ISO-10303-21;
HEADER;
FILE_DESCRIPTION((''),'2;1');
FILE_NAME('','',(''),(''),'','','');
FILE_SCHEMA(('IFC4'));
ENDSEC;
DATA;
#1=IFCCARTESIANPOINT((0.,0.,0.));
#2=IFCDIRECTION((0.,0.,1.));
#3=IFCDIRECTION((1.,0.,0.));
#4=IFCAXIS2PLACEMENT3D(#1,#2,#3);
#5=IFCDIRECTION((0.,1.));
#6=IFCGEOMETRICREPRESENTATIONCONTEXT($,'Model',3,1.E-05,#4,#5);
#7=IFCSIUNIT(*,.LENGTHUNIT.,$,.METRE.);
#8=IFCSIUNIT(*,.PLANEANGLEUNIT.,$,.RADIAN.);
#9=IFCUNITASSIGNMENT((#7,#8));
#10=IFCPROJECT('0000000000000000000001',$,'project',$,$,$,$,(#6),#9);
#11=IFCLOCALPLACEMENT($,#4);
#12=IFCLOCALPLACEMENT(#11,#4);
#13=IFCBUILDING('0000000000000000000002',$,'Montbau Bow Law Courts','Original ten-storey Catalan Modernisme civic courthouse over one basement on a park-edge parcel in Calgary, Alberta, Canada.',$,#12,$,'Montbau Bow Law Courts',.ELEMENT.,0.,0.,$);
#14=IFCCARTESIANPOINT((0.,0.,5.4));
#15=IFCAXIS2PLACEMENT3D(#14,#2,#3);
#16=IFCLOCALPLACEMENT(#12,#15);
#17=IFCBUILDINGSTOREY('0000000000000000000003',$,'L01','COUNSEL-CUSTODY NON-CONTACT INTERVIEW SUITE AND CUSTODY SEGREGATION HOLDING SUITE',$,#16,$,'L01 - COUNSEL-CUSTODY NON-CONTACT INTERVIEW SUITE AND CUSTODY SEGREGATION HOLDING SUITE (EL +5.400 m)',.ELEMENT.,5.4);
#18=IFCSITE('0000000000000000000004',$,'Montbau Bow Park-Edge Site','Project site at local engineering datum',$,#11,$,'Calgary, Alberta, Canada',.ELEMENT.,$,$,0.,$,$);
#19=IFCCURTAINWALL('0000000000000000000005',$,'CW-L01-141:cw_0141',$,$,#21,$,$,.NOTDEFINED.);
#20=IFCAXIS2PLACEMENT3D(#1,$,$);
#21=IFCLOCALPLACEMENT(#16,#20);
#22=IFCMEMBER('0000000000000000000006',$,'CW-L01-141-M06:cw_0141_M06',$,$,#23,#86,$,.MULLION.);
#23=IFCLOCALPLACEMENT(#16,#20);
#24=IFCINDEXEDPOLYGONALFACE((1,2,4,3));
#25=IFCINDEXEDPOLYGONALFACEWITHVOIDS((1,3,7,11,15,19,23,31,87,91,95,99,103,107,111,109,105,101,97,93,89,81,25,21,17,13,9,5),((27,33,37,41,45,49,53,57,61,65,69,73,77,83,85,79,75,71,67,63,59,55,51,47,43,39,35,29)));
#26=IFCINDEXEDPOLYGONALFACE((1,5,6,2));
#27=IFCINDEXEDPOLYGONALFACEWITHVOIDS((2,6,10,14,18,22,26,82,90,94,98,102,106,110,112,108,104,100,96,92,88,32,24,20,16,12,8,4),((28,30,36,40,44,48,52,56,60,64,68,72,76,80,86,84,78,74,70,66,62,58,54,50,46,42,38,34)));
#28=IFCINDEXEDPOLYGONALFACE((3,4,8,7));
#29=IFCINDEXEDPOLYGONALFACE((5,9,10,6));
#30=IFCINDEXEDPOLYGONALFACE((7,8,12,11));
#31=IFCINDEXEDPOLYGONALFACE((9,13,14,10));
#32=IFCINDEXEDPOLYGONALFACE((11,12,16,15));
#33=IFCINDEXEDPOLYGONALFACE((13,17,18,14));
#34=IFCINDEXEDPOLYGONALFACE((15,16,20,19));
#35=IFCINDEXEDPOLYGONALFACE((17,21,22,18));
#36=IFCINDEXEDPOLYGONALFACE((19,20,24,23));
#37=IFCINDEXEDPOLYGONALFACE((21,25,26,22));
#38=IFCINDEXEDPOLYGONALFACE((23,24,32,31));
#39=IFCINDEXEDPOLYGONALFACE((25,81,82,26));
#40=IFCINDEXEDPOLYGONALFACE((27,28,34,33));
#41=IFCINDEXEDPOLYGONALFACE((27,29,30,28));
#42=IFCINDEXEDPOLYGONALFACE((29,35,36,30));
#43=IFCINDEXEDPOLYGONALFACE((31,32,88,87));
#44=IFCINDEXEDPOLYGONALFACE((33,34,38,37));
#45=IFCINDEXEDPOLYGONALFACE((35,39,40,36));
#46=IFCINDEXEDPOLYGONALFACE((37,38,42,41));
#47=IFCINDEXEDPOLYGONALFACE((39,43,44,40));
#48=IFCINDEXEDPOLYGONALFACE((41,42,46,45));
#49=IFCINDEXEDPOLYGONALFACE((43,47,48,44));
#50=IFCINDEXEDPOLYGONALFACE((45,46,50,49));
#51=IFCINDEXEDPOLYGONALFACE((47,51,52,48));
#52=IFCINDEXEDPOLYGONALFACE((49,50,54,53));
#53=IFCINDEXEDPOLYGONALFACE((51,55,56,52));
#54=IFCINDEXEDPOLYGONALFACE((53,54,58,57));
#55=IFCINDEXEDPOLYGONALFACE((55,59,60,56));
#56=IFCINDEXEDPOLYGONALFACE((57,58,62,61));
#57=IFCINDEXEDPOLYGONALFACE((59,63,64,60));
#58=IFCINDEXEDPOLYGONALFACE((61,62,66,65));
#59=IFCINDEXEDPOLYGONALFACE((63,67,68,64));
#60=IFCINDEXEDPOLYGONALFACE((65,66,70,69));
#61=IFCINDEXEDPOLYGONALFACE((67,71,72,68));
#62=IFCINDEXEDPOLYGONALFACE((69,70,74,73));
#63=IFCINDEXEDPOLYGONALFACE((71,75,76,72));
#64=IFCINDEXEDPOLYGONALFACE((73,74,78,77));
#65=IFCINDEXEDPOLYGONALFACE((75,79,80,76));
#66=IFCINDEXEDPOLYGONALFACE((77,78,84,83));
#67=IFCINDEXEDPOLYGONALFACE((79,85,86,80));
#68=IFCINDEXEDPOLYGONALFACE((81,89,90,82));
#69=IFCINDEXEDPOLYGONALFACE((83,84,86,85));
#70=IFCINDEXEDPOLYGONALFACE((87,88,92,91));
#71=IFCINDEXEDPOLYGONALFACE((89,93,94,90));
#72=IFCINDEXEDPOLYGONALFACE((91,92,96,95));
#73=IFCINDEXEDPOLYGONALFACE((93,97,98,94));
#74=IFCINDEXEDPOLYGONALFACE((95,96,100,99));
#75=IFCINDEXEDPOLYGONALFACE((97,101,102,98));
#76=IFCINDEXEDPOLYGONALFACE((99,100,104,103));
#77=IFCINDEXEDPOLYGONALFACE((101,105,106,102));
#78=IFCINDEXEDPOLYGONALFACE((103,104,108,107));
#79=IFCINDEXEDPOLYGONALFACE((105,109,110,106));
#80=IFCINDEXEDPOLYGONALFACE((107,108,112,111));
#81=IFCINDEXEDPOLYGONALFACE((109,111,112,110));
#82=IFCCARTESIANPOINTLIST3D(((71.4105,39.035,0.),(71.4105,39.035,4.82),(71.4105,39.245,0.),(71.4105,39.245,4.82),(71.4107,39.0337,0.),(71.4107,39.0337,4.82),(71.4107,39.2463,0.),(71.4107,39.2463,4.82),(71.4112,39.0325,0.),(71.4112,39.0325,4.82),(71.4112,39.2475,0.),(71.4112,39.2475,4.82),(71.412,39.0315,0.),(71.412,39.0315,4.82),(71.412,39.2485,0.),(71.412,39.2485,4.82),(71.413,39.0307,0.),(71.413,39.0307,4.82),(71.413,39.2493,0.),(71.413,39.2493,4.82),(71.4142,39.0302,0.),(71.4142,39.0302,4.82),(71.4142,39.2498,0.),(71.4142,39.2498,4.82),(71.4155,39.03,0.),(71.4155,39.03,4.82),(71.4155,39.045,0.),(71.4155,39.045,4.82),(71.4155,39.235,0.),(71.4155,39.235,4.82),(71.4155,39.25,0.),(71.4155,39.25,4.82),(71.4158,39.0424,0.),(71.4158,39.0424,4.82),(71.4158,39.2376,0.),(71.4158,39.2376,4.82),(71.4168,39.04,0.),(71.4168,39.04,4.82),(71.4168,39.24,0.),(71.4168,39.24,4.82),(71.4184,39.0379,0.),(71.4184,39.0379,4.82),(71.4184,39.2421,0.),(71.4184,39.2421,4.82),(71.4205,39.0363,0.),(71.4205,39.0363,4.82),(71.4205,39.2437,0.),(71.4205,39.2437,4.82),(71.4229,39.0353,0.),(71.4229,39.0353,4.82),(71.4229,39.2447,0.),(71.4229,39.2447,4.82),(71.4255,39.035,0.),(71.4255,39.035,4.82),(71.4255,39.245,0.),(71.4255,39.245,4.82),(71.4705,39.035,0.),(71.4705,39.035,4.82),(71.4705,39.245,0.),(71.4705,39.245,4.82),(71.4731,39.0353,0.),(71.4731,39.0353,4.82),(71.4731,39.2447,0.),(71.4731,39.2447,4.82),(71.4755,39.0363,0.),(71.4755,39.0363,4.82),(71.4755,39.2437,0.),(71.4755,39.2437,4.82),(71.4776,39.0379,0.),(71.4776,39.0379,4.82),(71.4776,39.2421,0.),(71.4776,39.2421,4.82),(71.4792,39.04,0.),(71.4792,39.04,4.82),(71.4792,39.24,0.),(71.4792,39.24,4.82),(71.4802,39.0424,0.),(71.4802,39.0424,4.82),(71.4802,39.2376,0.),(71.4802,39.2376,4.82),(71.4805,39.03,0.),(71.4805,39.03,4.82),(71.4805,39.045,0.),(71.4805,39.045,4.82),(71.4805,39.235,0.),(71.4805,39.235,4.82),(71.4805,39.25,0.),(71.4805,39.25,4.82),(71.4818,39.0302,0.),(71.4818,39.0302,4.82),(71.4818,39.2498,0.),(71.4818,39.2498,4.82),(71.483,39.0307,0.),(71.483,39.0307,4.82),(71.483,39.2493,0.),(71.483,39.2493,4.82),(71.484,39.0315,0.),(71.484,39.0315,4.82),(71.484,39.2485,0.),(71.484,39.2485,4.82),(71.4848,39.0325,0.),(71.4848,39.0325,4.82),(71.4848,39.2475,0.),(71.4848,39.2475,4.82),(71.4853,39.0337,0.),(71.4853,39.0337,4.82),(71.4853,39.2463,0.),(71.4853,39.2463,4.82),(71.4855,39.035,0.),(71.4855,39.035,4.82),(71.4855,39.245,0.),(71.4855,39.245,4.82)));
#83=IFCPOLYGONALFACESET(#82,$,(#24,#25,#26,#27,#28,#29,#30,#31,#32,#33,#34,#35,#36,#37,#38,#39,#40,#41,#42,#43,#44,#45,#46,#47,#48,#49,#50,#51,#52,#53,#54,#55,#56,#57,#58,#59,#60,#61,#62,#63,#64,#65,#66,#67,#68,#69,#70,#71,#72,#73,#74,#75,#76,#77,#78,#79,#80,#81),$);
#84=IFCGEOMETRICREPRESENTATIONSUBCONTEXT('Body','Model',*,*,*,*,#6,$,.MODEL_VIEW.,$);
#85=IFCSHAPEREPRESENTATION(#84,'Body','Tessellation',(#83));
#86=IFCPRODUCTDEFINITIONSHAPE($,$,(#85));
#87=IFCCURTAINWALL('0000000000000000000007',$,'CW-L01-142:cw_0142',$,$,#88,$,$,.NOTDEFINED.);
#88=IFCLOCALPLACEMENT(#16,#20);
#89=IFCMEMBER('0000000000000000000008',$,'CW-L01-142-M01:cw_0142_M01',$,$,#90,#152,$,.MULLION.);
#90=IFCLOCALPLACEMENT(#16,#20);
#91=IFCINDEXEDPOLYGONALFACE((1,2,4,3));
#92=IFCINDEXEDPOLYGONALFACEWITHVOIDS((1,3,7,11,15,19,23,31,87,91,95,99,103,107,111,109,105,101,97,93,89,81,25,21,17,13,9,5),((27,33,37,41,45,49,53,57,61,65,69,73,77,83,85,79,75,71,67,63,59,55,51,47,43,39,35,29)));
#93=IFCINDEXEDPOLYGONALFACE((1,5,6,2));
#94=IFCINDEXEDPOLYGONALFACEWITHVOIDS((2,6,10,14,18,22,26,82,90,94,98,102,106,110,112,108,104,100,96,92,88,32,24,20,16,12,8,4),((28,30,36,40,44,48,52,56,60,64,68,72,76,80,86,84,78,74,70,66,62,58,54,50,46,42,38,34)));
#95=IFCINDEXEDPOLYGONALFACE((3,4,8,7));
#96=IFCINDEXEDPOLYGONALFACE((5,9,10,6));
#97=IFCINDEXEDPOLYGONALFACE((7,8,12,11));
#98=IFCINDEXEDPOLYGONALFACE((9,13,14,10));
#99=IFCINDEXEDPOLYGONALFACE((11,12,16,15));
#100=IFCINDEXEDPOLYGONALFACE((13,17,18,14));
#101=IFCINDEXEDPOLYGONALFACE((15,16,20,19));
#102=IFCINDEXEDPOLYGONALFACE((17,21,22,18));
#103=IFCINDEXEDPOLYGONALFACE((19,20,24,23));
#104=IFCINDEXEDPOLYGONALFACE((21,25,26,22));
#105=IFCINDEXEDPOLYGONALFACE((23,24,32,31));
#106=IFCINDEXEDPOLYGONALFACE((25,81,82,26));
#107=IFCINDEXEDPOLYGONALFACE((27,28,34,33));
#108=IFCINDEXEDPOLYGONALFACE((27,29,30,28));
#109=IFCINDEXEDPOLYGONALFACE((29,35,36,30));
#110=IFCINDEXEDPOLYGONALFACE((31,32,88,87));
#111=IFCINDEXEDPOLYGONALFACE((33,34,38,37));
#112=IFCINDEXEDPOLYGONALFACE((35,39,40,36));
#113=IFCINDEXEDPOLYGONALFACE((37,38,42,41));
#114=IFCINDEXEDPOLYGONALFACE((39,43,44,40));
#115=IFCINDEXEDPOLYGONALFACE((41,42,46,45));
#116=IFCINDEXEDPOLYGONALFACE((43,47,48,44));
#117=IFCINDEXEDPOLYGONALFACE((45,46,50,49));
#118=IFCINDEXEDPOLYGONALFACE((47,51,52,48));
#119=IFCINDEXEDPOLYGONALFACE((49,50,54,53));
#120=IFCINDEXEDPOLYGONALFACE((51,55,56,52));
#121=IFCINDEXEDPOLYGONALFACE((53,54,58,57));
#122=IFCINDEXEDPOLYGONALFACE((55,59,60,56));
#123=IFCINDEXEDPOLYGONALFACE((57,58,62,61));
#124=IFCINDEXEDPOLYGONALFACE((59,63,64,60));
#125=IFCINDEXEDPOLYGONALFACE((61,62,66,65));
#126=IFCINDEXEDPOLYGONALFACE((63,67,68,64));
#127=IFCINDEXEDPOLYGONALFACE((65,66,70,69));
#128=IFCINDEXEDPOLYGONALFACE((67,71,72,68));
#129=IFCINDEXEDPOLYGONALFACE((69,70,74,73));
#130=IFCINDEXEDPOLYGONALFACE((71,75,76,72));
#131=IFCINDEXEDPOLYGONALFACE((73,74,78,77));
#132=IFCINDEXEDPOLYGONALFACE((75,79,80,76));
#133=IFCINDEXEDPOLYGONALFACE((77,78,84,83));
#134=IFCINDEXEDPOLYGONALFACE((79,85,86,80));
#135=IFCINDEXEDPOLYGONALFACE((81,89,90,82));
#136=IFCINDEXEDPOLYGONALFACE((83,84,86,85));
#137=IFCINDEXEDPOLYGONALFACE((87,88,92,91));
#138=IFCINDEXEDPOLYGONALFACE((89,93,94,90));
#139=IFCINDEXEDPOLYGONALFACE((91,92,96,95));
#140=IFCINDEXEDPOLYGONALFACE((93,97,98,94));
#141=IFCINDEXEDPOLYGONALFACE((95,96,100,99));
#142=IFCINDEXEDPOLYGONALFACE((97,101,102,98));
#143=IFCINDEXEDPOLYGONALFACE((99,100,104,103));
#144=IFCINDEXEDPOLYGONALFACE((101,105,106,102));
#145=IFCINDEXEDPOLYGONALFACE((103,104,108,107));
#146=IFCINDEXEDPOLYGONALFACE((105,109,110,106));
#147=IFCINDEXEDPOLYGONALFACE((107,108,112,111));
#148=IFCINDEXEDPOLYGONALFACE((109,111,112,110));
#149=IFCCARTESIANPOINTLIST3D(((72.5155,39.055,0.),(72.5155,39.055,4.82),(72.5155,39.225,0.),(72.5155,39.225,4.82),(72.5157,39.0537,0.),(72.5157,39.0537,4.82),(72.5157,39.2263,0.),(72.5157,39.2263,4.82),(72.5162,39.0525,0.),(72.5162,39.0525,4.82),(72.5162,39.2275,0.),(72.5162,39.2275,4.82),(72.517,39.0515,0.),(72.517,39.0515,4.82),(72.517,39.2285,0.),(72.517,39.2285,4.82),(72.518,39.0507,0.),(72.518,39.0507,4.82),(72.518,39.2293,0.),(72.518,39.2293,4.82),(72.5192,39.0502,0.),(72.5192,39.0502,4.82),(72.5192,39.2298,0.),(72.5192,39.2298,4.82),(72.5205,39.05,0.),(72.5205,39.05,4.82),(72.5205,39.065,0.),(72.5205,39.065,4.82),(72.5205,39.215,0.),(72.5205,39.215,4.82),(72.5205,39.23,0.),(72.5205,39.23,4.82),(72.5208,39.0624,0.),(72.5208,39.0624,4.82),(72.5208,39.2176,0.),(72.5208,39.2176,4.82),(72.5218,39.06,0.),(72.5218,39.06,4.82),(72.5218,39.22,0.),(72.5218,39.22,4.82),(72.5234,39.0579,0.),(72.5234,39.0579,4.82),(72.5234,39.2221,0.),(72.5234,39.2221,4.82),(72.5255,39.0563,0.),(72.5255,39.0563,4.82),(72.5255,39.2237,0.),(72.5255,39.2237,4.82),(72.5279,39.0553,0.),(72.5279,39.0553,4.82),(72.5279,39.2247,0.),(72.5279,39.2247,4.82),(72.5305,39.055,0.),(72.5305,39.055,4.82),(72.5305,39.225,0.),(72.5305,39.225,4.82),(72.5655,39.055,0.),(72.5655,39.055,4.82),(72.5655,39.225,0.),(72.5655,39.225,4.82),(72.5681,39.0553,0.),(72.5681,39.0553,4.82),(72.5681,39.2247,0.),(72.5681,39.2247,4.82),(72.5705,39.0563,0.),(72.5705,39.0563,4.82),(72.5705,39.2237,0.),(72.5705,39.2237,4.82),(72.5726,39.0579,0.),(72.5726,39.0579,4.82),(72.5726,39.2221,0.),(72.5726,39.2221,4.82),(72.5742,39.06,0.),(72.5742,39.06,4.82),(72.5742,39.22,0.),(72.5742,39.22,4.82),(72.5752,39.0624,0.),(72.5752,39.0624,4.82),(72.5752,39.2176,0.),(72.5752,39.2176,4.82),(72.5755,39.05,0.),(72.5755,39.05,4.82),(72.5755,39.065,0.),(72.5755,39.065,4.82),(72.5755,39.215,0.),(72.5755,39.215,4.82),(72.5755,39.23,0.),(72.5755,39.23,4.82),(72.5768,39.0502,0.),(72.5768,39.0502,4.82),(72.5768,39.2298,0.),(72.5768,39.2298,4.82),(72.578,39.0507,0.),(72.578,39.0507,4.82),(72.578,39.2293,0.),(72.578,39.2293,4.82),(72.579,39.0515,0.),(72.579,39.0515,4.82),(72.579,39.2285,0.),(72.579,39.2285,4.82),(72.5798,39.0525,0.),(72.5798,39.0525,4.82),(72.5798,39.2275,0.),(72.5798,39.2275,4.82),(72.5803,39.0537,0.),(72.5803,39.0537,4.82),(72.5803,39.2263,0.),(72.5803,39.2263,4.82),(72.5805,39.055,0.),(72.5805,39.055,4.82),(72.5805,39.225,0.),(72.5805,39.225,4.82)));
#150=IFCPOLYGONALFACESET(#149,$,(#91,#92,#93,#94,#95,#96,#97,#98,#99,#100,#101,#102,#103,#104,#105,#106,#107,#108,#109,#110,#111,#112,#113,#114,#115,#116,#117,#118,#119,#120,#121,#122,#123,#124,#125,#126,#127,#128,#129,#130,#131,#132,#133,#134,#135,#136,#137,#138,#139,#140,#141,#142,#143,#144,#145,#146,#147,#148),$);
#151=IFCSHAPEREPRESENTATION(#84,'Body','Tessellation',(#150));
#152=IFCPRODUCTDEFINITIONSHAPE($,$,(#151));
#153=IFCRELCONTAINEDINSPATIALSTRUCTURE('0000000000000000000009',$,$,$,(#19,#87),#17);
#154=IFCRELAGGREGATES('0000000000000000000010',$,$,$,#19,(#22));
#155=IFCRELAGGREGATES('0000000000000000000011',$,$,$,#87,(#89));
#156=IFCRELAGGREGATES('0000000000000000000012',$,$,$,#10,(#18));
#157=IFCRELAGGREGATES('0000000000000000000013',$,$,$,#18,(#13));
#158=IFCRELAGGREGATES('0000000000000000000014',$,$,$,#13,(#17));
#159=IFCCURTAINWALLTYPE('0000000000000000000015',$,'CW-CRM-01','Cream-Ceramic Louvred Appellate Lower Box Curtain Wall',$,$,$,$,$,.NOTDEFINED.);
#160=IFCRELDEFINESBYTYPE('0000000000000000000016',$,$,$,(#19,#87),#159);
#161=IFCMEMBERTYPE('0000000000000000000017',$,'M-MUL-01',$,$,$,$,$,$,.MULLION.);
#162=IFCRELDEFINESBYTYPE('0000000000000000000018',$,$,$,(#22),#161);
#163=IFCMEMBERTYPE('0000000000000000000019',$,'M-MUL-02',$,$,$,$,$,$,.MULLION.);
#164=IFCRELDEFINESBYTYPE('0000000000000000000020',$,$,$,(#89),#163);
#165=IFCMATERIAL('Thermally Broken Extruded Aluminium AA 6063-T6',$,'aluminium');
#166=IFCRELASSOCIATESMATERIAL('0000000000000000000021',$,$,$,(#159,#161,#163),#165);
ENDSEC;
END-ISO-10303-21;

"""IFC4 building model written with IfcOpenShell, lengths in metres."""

from ifc_helpers import new_model, si_unit, direction, frame, origin_with_axes, origin_2d_with_axis, place, context, subcontext, project, spatial, hollow_rectangle, extrude, material, material_profile, profile_set, type_object, element, aggregate, save


model = new_model("IFC4")

# Units and contexts
model_context = context("Model", 3, precision=1e-05, world=origin_with_axes(), true_north=direction((0.0, 1.0)))
body_context = subcontext(model_context, "Body", "Model", "MODEL_VIEW")
ifc_project = project(units=[si_unit("LENGTHUNIT", "METRE"), si_unit("PLANEANGLEUNIT", "RADIAN")], contexts=[model_context])

# Site, building, storey
site_placement = place(None, origin_with_axes())
site = spatial("IfcSite", under=ifc_project, at=site_placement, Name="Montbau Bow Park-Edge Site", Description="Project site at local engineering datum", LongName="Calgary, Alberta, Canada", CompositionType="ELEMENT", RefElevation=0.0)
building_placement = place(site_placement, origin_with_axes())
building = spatial("IfcBuilding", under=site, at=building_placement, Name="Montbau Bow Law Courts", Description="Original ten-storey Catalan Modernisme civic courthouse over one basement on a park-edge parcel in Calgary, Alberta, Canada.", LongName="Montbau Bow Law Courts", CompositionType="ELEMENT", ElevationOfRefHeight=0.0, ElevationOfTerrain=0.0)
storey_placement = place(building_placement, frame((0.0, 0.0, 5.4), z_axis=(0.0, 0.0, 1.0), x_axis=(1.0, 0.0, 0.0)))
storey = spatial("IfcBuildingStorey", under=building, at=storey_placement, Name="L01", Description="COUNSEL-CUSTODY NON-CONTACT INTERVIEW SUITE AND CUSTODY SEGREGATION HOLDING SUITE", LongName="L01 - COUNSEL-CUSTODY NON-CONTACT INTERVIEW SUITE AND CUSTODY SEGREGATION HOLDING SUITE (EL +5.400 m)", CompositionType="ELEMENT", Elevation=5.4)

# Curtain walls, members
ifc_material_1 = material(Name="Thermally Broken Extruded Aluminium AA 6063-T6", Category="aluminium")
curtain_wall_type = type_object("IfcCurtainWallType", Name="CW-CRM-01", Description="Cream-Ceramic Louvred Appellate Lower Box Curtain Wall", PredefinedType="NOTDEFINED", material=ifc_material_1)
curtain_wall_1_placement = place(None, frame((64.115, 39.14, 5.4), z_axis=(0.0, 0.0, 1.0), x_axis=(1.0, 0.0, 0.0)))
curtain_wall_1 = element("IfcCurtainWall", 1, at=curtain_wall_1_placement, inside=storey, type_object=curtain_wall_type, Name="CW-L01-141:cw_0141", PredefinedType="NOTDEFINED")
ifc_material_profile_1 = material_profile(ifc_material_1, hollow_rectangle(XDim=0.075, YDim=0.22, WallThickness=0.005, InnerFilletRadius=0.01, OuterFilletRadius=0.005, at=origin_2d_with_axis()), Name="CWM-220X75", Category="Main", Priority=0)
ifc_profile_set_1 = profile_set([ifc_material_profile_1], Name="Thermally Broken Extruded Aluminium AA 6063-T6")
member_type_1 = type_object("IfcMemberType", Name="M-MUL-01", PredefinedType="MULLION", material=ifc_profile_set_1)
member_1_placement = place(None, frame((71.448, 39.14, 5.4), z_axis=(0.0, 0.0, 1.0), x_axis=(1.0, 0.0, 0.0)))
member_1 = element("IfcMember", 2, at=member_1_placement, type_object=member_type_1, Name="CW-L01-141-M06:cw_0141_M06", PredefinedType="MULLION", context=body_context, shape_type="SweptSolid", body=[
    extrude(hollow_rectangle(XDim=0.075, YDim=0.22, WallThickness=0.005, InnerFilletRadius=0.01, OuterFilletRadius=0.005, at=origin_2d_with_axis()), origin_with_axes(), (0.0, 0.0, 1.0), 4.82),
])
curtain_wall_2_placement = place(None, frame((72.515, 39.14, 5.4), z_axis=(0.0, 0.0, 1.0), x_axis=(1.0, 0.0, 0.0)))
curtain_wall_2 = element("IfcCurtainWall", 3, at=curtain_wall_2_placement, inside=storey, type_object=curtain_wall_type, Name="CW-L01-142:cw_0142", PredefinedType="NOTDEFINED")
ifc_material_profile_2 = material_profile(ifc_material_1, hollow_rectangle(XDim=0.065, YDim=0.18, WallThickness=0.005, InnerFilletRadius=0.01, OuterFilletRadius=0.005, at=origin_2d_with_axis()), Name="CWM-180X65", Category="Main", Priority=0)
ifc_profile_set_2 = profile_set([ifc_material_profile_2], Name="Thermally Broken Extruded Aluminium AA 6063-T6")
member_type_2 = type_object("IfcMemberType", Name="M-MUL-02", PredefinedType="MULLION", material=ifc_profile_set_2)
member_2_placement = place(None, frame((72.548, 39.14, 5.4), z_axis=(0.0, 0.0, 1.0), x_axis=(1.0, 0.0, 0.0)))
member_2 = element("IfcMember", 4, at=member_2_placement, type_object=member_type_2, Name="CW-L01-142-M01:cw_0142_M01", PredefinedType="MULLION", context=body_context, shape_type="SweptSolid", body=[
    extrude(hollow_rectangle(XDim=0.065, YDim=0.18, WallThickness=0.005, InnerFilletRadius=0.01, OuterFilletRadius=0.005, at=origin_2d_with_axis()), origin_with_axes(), (0.0, 0.0, 1.0), 4.82),
])

aggregate(curtain_wall_1, [member_1])
aggregate(curtain_wall_2, [member_2])

save(model, "model.ifc")
